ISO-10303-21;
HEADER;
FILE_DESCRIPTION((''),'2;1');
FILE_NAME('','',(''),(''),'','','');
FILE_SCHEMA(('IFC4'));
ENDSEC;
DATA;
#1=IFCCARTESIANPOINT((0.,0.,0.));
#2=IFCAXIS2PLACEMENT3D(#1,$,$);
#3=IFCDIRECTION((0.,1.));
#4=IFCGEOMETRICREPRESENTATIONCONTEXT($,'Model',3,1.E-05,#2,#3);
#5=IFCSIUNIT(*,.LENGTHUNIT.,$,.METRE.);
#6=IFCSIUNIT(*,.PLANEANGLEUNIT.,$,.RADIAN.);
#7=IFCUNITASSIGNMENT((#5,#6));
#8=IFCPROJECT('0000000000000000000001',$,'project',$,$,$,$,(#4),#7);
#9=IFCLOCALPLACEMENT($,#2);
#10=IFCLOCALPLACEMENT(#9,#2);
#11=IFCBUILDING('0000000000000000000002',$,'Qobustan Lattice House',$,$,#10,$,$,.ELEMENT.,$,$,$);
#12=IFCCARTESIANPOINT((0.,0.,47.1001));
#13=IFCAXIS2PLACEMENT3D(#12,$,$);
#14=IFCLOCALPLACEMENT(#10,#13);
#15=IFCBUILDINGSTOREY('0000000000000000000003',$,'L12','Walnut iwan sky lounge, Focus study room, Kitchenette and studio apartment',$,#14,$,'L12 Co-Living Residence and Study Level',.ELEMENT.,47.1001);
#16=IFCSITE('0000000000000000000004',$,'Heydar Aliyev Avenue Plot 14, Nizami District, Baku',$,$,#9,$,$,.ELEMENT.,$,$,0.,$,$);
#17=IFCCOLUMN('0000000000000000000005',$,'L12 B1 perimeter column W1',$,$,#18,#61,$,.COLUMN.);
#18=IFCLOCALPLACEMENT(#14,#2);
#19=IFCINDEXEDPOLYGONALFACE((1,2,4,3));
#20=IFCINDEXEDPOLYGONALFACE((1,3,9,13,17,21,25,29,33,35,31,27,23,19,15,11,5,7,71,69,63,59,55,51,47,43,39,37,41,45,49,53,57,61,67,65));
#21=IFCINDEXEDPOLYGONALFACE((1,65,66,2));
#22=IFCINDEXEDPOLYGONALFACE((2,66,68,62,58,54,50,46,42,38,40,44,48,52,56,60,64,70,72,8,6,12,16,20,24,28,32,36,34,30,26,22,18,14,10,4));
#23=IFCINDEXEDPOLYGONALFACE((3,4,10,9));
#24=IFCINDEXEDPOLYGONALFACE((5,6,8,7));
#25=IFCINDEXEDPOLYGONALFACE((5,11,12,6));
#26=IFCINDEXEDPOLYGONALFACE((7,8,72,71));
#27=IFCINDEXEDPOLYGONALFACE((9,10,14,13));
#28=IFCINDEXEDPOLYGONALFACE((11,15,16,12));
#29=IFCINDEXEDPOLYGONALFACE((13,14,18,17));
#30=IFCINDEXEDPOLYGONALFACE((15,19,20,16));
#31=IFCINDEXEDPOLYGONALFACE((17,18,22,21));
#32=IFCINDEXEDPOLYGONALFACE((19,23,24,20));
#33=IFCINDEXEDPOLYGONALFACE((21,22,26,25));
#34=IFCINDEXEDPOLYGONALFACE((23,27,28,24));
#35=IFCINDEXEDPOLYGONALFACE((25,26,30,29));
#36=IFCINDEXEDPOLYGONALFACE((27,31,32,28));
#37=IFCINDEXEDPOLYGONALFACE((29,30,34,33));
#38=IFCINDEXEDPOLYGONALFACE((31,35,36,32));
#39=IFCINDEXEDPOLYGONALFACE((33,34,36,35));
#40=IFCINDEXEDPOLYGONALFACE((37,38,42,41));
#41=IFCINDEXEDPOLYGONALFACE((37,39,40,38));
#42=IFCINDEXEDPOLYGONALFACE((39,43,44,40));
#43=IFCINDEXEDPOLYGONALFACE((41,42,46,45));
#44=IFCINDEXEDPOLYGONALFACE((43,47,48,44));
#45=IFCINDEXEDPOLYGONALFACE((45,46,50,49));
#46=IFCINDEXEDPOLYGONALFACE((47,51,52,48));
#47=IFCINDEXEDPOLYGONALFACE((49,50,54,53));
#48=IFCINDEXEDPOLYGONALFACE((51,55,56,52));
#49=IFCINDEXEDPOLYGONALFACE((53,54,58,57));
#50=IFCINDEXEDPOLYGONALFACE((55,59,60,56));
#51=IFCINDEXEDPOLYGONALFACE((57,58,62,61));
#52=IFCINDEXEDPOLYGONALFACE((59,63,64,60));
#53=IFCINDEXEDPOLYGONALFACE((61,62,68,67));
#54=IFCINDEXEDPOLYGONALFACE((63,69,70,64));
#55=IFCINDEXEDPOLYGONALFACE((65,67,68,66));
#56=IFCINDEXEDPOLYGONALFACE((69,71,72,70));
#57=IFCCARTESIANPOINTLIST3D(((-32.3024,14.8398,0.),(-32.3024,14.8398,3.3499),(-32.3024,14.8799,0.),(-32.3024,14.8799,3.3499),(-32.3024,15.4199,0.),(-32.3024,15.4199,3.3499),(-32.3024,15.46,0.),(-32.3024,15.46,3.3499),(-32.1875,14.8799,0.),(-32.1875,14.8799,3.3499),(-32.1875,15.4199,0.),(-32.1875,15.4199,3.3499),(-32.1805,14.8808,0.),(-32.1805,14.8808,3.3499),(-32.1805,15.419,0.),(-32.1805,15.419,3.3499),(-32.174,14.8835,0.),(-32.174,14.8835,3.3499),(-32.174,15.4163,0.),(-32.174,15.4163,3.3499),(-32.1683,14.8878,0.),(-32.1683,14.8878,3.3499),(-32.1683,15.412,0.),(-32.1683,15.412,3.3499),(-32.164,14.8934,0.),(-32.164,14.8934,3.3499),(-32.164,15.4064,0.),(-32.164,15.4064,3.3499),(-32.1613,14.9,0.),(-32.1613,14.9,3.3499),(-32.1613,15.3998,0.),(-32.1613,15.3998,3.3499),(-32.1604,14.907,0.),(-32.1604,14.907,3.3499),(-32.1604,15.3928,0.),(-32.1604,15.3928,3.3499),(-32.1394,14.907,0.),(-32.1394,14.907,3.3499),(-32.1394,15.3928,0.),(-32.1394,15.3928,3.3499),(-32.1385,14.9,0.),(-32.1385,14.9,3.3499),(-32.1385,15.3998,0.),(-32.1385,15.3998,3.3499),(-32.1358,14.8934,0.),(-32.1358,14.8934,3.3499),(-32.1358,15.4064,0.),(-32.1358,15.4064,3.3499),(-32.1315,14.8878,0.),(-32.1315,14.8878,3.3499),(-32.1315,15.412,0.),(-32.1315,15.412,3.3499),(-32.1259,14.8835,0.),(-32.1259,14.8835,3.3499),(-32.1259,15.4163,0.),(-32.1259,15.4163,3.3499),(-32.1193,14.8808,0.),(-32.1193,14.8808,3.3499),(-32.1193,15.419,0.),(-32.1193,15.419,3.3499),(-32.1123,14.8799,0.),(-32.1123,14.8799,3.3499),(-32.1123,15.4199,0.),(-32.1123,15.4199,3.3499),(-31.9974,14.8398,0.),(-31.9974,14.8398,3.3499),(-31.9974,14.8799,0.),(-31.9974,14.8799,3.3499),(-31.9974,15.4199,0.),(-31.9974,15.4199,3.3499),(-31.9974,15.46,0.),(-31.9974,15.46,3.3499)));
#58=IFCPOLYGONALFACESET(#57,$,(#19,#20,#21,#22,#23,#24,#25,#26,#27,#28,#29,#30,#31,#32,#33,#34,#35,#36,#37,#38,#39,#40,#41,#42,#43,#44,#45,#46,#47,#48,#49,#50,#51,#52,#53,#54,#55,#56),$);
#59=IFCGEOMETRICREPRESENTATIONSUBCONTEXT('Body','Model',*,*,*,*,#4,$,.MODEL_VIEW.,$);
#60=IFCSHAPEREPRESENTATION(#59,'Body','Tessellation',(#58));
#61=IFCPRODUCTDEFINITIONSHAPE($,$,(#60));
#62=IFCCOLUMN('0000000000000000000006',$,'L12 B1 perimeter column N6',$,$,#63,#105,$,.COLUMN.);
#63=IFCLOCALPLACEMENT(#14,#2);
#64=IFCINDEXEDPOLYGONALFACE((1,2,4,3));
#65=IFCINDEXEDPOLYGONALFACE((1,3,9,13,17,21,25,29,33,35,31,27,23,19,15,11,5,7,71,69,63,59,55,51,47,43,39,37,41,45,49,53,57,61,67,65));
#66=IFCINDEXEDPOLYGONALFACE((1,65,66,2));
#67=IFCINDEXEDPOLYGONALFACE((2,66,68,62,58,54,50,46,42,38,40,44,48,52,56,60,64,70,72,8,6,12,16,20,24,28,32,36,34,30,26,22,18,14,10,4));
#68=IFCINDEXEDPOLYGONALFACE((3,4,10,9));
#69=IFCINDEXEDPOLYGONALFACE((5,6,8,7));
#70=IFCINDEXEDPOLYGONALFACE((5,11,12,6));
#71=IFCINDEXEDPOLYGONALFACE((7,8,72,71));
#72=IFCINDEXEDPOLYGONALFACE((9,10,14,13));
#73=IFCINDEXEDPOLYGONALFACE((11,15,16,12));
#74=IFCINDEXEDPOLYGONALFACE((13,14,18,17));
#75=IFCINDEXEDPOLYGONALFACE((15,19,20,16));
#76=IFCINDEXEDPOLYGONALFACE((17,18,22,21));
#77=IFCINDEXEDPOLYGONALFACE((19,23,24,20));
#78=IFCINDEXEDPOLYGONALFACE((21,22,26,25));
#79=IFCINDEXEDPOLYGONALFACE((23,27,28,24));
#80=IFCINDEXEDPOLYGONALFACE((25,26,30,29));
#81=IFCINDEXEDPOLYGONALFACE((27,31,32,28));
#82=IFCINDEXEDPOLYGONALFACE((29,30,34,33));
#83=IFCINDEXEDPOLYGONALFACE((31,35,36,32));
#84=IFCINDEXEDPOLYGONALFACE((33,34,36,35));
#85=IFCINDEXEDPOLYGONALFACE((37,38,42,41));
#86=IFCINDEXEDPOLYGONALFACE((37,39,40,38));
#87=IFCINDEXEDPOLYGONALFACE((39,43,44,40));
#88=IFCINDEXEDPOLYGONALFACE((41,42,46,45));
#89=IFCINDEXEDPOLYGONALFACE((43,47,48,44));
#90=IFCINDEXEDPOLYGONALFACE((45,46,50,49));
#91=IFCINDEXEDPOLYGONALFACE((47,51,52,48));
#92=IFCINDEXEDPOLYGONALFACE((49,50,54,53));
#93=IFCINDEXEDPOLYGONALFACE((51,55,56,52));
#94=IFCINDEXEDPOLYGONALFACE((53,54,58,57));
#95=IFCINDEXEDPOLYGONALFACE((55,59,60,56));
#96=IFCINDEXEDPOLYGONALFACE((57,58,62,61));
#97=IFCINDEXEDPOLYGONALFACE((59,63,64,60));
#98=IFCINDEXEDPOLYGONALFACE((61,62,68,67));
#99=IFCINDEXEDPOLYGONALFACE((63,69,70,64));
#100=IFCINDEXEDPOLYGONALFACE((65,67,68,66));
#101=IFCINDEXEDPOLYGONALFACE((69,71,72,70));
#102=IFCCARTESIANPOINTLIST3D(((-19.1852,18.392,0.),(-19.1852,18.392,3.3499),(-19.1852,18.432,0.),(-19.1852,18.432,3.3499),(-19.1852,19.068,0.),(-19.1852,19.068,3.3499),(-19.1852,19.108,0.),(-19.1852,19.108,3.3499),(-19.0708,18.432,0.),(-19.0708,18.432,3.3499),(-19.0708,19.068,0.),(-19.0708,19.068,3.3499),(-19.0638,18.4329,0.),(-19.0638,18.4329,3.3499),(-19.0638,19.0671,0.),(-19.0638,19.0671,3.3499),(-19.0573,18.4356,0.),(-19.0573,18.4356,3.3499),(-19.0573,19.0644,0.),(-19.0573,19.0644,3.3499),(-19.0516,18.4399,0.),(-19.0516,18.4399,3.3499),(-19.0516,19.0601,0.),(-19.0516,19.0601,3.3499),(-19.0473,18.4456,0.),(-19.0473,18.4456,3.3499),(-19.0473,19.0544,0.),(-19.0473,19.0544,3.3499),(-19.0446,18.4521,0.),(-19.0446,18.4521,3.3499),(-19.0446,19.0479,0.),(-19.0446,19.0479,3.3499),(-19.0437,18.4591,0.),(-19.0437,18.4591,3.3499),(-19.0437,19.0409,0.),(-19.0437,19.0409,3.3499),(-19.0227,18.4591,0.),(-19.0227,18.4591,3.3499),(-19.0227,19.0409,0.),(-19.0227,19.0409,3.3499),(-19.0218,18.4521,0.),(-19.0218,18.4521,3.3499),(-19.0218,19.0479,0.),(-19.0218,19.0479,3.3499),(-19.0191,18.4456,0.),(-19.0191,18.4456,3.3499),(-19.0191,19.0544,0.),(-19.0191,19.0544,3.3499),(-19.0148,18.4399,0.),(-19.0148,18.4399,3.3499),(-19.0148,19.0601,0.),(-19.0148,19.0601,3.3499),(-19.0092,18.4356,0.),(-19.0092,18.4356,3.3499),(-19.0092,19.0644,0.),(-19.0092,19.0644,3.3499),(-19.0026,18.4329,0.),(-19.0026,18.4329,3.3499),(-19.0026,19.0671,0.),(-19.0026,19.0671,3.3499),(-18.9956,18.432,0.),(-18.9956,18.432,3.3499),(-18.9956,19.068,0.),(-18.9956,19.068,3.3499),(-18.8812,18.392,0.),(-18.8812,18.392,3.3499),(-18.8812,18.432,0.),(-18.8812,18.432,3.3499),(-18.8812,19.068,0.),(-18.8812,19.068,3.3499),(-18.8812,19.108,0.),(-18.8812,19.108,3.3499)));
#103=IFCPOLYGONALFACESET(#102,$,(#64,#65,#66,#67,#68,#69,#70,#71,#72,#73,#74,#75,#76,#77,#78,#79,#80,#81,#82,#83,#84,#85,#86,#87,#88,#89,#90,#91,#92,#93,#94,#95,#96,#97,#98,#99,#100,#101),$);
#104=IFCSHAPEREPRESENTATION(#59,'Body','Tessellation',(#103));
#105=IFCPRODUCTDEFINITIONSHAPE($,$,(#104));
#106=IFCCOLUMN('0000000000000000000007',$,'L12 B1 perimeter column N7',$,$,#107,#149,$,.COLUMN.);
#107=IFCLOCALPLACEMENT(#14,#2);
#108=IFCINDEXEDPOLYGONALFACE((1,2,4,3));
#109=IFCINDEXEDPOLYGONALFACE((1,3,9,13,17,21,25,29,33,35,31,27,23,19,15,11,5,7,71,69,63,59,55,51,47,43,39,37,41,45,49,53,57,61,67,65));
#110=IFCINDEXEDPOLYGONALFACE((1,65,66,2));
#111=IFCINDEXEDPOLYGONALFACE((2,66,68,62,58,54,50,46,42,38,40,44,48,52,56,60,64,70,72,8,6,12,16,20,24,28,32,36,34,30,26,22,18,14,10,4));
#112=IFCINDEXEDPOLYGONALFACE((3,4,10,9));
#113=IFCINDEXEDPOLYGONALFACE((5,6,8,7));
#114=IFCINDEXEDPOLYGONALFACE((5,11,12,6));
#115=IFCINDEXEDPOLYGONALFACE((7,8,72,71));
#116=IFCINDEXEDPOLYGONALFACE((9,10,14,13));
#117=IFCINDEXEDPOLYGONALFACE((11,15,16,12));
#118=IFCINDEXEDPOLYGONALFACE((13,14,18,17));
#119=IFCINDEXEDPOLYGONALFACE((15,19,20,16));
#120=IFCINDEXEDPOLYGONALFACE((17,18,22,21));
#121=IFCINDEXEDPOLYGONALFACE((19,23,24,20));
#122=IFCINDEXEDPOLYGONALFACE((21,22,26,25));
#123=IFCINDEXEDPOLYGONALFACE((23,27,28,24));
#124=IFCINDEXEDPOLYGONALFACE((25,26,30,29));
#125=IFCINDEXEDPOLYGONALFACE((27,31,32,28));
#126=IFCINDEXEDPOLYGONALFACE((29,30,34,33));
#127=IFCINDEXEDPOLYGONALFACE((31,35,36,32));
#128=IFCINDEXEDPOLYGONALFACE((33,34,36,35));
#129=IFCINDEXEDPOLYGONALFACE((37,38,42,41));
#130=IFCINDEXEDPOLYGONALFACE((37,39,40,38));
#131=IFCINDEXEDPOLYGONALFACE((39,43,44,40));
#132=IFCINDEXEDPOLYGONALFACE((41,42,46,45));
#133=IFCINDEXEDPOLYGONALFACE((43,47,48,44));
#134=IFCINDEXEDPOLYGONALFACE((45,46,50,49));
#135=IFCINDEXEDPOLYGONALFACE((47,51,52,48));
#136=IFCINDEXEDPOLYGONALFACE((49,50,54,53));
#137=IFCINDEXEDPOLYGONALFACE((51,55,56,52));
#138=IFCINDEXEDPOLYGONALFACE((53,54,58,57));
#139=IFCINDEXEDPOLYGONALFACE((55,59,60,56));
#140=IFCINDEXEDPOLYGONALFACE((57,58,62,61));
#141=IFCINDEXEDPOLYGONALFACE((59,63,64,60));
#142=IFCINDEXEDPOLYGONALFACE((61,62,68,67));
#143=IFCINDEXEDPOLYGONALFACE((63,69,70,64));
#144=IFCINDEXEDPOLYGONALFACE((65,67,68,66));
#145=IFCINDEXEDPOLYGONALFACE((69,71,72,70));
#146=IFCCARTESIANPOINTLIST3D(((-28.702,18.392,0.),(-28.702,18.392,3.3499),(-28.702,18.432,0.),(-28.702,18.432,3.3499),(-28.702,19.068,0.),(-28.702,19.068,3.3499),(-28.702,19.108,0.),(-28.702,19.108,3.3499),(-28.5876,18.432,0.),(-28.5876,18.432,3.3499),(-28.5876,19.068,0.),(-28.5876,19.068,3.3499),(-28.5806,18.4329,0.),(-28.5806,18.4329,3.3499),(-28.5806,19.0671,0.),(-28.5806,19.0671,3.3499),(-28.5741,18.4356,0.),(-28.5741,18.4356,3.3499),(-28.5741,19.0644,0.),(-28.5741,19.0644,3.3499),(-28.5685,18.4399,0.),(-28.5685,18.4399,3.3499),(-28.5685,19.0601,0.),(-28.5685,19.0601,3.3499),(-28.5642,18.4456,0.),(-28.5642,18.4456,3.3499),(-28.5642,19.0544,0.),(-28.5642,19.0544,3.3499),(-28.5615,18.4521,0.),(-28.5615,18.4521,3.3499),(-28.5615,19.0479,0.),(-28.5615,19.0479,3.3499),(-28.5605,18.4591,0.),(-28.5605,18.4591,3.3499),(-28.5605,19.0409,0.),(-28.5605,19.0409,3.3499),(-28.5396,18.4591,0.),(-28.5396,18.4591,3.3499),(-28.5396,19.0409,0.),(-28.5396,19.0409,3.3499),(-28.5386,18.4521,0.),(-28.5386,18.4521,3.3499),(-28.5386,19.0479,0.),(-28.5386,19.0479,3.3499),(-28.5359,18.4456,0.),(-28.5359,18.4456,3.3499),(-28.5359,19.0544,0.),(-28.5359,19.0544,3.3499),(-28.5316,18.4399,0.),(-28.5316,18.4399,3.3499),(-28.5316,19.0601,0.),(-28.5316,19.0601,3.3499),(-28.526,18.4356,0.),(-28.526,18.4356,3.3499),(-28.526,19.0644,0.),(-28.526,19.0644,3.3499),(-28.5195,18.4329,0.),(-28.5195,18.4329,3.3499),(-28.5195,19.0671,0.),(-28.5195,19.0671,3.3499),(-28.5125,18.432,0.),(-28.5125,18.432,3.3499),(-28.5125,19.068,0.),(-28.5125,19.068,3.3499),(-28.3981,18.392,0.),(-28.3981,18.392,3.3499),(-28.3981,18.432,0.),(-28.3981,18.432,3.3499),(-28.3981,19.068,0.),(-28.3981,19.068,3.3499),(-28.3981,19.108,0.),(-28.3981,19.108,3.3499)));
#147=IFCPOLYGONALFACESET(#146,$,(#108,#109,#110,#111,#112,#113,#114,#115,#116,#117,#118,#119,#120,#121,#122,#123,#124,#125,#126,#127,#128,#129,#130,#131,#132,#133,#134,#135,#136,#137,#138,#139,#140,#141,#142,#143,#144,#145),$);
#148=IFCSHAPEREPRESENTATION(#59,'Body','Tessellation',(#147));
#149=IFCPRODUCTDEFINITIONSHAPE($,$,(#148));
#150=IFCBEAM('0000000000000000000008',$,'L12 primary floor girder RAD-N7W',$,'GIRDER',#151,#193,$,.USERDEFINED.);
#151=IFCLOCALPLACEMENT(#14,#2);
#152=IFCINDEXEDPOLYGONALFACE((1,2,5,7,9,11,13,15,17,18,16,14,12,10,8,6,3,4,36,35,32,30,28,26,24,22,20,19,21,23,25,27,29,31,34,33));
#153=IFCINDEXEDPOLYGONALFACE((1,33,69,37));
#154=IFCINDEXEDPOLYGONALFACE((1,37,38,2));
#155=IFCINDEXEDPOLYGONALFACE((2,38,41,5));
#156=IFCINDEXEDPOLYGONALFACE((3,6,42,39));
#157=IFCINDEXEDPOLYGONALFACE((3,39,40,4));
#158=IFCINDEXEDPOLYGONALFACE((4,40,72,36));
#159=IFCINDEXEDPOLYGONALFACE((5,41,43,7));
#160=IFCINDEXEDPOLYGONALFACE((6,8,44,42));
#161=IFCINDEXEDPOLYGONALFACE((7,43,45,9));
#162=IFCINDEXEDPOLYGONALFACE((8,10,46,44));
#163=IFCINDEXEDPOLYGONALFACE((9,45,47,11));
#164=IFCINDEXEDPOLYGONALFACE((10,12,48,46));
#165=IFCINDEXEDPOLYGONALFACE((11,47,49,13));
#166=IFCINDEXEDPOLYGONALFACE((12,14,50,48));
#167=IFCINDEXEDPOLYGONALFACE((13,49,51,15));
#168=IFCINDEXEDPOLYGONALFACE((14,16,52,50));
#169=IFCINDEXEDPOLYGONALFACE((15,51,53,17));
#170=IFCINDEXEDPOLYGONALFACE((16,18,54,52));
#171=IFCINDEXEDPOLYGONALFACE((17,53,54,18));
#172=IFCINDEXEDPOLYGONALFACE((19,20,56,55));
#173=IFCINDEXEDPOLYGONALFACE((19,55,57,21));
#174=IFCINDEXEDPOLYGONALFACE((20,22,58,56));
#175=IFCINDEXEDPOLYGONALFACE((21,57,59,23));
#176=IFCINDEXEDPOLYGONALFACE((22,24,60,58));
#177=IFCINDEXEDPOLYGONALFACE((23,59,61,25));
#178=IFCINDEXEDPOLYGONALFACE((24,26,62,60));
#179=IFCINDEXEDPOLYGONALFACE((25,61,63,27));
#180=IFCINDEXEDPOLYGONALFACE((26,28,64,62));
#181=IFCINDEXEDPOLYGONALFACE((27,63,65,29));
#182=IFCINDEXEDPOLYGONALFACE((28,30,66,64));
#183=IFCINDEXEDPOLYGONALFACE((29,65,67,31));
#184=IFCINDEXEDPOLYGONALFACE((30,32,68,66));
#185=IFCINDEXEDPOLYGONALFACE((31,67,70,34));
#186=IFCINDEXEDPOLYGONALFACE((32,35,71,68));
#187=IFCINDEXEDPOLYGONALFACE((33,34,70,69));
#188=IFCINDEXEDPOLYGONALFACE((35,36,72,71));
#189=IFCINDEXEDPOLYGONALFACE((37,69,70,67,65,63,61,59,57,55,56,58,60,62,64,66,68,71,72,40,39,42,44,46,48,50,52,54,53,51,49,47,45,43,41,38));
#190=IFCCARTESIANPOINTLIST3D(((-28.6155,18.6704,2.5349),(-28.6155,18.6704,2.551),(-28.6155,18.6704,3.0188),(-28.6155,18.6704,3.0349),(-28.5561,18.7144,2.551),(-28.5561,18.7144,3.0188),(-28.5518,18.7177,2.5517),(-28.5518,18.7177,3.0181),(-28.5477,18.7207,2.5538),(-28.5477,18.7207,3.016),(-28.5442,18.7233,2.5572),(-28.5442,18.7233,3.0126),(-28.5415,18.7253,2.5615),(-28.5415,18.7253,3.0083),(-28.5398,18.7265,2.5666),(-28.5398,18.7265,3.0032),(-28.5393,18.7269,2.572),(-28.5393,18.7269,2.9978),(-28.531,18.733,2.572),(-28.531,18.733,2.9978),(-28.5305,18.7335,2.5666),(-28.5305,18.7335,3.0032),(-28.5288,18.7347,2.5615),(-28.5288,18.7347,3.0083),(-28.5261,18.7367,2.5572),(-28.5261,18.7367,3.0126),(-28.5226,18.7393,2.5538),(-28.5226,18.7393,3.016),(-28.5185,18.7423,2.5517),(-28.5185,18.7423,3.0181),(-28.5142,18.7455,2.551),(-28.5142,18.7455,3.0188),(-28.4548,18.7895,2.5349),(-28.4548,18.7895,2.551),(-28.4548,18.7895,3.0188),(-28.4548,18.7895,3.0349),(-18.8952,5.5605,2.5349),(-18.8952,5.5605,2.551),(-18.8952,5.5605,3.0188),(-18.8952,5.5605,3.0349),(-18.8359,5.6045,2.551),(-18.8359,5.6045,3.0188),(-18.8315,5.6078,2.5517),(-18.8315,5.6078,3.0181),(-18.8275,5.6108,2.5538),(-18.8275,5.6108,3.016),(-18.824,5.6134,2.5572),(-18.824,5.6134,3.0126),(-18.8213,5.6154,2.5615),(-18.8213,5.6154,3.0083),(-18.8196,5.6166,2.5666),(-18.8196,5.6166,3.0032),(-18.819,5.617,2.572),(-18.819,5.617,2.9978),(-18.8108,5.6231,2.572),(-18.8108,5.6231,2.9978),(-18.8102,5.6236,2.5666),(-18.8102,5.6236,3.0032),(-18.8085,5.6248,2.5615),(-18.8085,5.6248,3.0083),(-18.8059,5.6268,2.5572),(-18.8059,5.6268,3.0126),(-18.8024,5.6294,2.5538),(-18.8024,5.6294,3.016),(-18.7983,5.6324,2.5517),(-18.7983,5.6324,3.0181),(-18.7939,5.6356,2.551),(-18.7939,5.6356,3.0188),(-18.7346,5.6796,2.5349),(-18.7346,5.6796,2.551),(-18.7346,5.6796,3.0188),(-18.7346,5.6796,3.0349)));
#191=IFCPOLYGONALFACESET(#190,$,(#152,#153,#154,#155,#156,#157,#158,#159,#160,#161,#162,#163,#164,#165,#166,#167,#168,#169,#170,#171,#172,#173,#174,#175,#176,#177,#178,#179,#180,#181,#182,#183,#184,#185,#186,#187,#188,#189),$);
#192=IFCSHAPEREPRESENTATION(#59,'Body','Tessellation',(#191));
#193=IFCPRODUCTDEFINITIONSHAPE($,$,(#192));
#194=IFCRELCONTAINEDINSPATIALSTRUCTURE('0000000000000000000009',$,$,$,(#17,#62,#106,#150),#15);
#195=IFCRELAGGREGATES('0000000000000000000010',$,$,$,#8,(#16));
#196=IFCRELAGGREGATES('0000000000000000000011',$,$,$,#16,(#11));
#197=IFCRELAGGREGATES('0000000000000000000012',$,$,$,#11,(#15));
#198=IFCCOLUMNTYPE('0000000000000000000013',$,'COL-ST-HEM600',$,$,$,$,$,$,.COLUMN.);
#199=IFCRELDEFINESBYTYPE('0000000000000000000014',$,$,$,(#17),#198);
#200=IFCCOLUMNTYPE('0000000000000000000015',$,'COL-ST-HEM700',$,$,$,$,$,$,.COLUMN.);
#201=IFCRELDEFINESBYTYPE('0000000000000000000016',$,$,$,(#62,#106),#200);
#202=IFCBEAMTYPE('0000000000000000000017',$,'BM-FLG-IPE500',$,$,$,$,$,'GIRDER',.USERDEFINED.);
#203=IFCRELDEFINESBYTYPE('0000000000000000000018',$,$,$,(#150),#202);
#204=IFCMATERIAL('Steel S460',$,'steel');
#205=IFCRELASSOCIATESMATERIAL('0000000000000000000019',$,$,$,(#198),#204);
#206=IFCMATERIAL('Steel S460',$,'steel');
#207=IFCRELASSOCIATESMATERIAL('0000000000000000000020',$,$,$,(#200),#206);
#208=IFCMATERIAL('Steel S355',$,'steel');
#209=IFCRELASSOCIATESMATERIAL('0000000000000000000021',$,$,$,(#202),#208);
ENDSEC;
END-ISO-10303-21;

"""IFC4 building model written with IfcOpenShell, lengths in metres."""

from ifc_helpers import new_model, si_unit, direction, frame, origin, origin_2d, place, context, subcontext, project, spatial, i_section, extrude, material, material_profile, profile_set, type_object, element, save


model = new_model("IFC4")

# Units and contexts
model_context = context("Model", 3, precision=1e-05, world=origin(), true_north=direction((0.0, 1.0)))
body_context = subcontext(model_context, "Body", "Model", "MODEL_VIEW")
ifc_project = project(units=[si_unit("LENGTHUNIT", "METRE"), si_unit("PLANEANGLEUNIT", "RADIAN")], contexts=[model_context])

# Site, building, storey
site_placement = place(None, origin())
site = spatial("IfcSite", under=ifc_project, at=site_placement, Name="Heydar Aliyev Avenue Plot 14, Nizami District, Baku", CompositionType="ELEMENT", RefElevation=0.0)
building_placement = place(site_placement, origin())
building = spatial("IfcBuilding", under=site, at=building_placement, Name="Qobustan Lattice House", CompositionType="ELEMENT")
storey_placement = place(building_placement, frame((0.0, 0.0, 47.1001)))
storey = spatial("IfcBuildingStorey", under=building, at=storey_placement, Name="L12", Description="Walnut iwan sky lounge, Focus study room, Kitchenette and studio apartment", LongName="L12 Co-Living Residence and Study Level", CompositionType="ELEMENT", Elevation=47.1001)

# Columns
ifc_material_1 = material(Name="Steel S460", Category="steel")
ifc_material_profile_1 = material_profile(ifc_material_1, i_section(OverallWidth=0.3049, OverallDepth=0.6201, WebThickness=0.021, FlangeThickness=0.04, FilletRadius=0.0271, at=origin_2d()), Name="HEM600")
ifc_profile_set_1 = profile_set([ifc_material_profile_1], Name="Steel S460")
column_type_1 = type_object("IfcColumnType", Name="COL-ST-HEM600", PredefinedType="COLUMN", material=ifc_profile_set_1)
column_placement = place(storey_placement, frame((-32.1499, 15.1499, 0.0), z_axis=(0.0, 0.0, 1.0), x_axis=(1.0, 0.0, 0.0)))
element("IfcColumn", 1, at=column_placement, inside=storey, type_object=column_type_1, Name="L12 B1 perimeter column W1", PredefinedType="COLUMN", context=body_context, shape_type="SweptSolid", body=[
    extrude(i_section(OverallWidth=0.3049, OverallDepth=0.6201, WebThickness=0.021, FlangeThickness=0.04, FilletRadius=0.0271, at=origin_2d()), origin(), (0.0, 0.0, 1.0), 3.3499),
])
ifc_material_2 = material(Name="Steel S460", Category="steel")
ifc_material_profile_2 = material_profile(ifc_material_2, i_section(OverallWidth=0.304, OverallDepth=0.7161, WebThickness=0.021, FlangeThickness=0.04, FilletRadius=0.0271, at=origin_2d()), Name="HEM700")
ifc_profile_set_2 = profile_set([ifc_material_profile_2], Name="Steel S460")
column_type_2 = type_object("IfcColumnType", Name="COL-ST-HEM700", PredefinedType="COLUMN", material=ifc_profile_set_2)
for number, where, z_axis, x_axis, name in (
    (2, (-19.0332, 18.75, 0.0), (0.0, 0.0, 1.0), (1.0, 0.0, 0.0), "L12 B1 perimeter column N6"),
    (3, (-28.55, 18.75, 0.0), (0.0, 0.0, 1.0), (1.0, 0.0, 0.0), "L12 B1 perimeter column N7"),
):
    element("IfcColumn", number, at=place(storey_placement, frame(where, z_axis=z_axis, x_axis=x_axis)), inside=storey, type_object=column_type_2, Name=name, PredefinedType="COLUMN", context=body_context, shape_type="SweptSolid", body=[
        extrude(i_section(OverallWidth=0.304, OverallDepth=0.7161, WebThickness=0.021, FlangeThickness=0.04, FilletRadius=0.0271, at=origin_2d()), origin(), (0.0, 0.0, 1.0), 3.3499),
    ])

# Beam
ifc_material_3 = material(Name="Steel S355", Category="steel")
ifc_material_profile_3 = material_profile(ifc_material_3, i_section(OverallWidth=0.2, OverallDepth=0.5, WebThickness=0.0103, FlangeThickness=0.0161, FilletRadius=0.021, at=origin_2d()), Name="IPE500")
ifc_profile_set_3 = profile_set([ifc_material_profile_3], Name="Steel S355")
beam_type_1 = type_object("IfcBeamType", Name="BM-FLG-IPE500", ElementType="GIRDER", PredefinedType="USERDEFINED", material=ifc_profile_set_3)
beam_1_placement = place(storey_placement, frame((-28.5352, 18.73, 2.7849), z_axis=(0.595592, -0.803287, 0.0), x_axis=(0.803287, 0.595592, 0.0)))
element("IfcBeam", 4, at=beam_1_placement, inside=storey, type_object=beam_type_1, Name="L12 primary floor girder RAD-N7W", ObjectType="GIRDER", PredefinedType="USERDEFINED", context=body_context, shape_type="SweptSolid", body=[
    extrude(i_section(OverallWidth=0.2, OverallDepth=0.5, WebThickness=0.0103, FlangeThickness=0.0161, FilletRadius=0.021, at=origin_2d()), origin(), (0.0, 0.0, 1.0), 16.3203),
])

save(model, "model.ifc")
